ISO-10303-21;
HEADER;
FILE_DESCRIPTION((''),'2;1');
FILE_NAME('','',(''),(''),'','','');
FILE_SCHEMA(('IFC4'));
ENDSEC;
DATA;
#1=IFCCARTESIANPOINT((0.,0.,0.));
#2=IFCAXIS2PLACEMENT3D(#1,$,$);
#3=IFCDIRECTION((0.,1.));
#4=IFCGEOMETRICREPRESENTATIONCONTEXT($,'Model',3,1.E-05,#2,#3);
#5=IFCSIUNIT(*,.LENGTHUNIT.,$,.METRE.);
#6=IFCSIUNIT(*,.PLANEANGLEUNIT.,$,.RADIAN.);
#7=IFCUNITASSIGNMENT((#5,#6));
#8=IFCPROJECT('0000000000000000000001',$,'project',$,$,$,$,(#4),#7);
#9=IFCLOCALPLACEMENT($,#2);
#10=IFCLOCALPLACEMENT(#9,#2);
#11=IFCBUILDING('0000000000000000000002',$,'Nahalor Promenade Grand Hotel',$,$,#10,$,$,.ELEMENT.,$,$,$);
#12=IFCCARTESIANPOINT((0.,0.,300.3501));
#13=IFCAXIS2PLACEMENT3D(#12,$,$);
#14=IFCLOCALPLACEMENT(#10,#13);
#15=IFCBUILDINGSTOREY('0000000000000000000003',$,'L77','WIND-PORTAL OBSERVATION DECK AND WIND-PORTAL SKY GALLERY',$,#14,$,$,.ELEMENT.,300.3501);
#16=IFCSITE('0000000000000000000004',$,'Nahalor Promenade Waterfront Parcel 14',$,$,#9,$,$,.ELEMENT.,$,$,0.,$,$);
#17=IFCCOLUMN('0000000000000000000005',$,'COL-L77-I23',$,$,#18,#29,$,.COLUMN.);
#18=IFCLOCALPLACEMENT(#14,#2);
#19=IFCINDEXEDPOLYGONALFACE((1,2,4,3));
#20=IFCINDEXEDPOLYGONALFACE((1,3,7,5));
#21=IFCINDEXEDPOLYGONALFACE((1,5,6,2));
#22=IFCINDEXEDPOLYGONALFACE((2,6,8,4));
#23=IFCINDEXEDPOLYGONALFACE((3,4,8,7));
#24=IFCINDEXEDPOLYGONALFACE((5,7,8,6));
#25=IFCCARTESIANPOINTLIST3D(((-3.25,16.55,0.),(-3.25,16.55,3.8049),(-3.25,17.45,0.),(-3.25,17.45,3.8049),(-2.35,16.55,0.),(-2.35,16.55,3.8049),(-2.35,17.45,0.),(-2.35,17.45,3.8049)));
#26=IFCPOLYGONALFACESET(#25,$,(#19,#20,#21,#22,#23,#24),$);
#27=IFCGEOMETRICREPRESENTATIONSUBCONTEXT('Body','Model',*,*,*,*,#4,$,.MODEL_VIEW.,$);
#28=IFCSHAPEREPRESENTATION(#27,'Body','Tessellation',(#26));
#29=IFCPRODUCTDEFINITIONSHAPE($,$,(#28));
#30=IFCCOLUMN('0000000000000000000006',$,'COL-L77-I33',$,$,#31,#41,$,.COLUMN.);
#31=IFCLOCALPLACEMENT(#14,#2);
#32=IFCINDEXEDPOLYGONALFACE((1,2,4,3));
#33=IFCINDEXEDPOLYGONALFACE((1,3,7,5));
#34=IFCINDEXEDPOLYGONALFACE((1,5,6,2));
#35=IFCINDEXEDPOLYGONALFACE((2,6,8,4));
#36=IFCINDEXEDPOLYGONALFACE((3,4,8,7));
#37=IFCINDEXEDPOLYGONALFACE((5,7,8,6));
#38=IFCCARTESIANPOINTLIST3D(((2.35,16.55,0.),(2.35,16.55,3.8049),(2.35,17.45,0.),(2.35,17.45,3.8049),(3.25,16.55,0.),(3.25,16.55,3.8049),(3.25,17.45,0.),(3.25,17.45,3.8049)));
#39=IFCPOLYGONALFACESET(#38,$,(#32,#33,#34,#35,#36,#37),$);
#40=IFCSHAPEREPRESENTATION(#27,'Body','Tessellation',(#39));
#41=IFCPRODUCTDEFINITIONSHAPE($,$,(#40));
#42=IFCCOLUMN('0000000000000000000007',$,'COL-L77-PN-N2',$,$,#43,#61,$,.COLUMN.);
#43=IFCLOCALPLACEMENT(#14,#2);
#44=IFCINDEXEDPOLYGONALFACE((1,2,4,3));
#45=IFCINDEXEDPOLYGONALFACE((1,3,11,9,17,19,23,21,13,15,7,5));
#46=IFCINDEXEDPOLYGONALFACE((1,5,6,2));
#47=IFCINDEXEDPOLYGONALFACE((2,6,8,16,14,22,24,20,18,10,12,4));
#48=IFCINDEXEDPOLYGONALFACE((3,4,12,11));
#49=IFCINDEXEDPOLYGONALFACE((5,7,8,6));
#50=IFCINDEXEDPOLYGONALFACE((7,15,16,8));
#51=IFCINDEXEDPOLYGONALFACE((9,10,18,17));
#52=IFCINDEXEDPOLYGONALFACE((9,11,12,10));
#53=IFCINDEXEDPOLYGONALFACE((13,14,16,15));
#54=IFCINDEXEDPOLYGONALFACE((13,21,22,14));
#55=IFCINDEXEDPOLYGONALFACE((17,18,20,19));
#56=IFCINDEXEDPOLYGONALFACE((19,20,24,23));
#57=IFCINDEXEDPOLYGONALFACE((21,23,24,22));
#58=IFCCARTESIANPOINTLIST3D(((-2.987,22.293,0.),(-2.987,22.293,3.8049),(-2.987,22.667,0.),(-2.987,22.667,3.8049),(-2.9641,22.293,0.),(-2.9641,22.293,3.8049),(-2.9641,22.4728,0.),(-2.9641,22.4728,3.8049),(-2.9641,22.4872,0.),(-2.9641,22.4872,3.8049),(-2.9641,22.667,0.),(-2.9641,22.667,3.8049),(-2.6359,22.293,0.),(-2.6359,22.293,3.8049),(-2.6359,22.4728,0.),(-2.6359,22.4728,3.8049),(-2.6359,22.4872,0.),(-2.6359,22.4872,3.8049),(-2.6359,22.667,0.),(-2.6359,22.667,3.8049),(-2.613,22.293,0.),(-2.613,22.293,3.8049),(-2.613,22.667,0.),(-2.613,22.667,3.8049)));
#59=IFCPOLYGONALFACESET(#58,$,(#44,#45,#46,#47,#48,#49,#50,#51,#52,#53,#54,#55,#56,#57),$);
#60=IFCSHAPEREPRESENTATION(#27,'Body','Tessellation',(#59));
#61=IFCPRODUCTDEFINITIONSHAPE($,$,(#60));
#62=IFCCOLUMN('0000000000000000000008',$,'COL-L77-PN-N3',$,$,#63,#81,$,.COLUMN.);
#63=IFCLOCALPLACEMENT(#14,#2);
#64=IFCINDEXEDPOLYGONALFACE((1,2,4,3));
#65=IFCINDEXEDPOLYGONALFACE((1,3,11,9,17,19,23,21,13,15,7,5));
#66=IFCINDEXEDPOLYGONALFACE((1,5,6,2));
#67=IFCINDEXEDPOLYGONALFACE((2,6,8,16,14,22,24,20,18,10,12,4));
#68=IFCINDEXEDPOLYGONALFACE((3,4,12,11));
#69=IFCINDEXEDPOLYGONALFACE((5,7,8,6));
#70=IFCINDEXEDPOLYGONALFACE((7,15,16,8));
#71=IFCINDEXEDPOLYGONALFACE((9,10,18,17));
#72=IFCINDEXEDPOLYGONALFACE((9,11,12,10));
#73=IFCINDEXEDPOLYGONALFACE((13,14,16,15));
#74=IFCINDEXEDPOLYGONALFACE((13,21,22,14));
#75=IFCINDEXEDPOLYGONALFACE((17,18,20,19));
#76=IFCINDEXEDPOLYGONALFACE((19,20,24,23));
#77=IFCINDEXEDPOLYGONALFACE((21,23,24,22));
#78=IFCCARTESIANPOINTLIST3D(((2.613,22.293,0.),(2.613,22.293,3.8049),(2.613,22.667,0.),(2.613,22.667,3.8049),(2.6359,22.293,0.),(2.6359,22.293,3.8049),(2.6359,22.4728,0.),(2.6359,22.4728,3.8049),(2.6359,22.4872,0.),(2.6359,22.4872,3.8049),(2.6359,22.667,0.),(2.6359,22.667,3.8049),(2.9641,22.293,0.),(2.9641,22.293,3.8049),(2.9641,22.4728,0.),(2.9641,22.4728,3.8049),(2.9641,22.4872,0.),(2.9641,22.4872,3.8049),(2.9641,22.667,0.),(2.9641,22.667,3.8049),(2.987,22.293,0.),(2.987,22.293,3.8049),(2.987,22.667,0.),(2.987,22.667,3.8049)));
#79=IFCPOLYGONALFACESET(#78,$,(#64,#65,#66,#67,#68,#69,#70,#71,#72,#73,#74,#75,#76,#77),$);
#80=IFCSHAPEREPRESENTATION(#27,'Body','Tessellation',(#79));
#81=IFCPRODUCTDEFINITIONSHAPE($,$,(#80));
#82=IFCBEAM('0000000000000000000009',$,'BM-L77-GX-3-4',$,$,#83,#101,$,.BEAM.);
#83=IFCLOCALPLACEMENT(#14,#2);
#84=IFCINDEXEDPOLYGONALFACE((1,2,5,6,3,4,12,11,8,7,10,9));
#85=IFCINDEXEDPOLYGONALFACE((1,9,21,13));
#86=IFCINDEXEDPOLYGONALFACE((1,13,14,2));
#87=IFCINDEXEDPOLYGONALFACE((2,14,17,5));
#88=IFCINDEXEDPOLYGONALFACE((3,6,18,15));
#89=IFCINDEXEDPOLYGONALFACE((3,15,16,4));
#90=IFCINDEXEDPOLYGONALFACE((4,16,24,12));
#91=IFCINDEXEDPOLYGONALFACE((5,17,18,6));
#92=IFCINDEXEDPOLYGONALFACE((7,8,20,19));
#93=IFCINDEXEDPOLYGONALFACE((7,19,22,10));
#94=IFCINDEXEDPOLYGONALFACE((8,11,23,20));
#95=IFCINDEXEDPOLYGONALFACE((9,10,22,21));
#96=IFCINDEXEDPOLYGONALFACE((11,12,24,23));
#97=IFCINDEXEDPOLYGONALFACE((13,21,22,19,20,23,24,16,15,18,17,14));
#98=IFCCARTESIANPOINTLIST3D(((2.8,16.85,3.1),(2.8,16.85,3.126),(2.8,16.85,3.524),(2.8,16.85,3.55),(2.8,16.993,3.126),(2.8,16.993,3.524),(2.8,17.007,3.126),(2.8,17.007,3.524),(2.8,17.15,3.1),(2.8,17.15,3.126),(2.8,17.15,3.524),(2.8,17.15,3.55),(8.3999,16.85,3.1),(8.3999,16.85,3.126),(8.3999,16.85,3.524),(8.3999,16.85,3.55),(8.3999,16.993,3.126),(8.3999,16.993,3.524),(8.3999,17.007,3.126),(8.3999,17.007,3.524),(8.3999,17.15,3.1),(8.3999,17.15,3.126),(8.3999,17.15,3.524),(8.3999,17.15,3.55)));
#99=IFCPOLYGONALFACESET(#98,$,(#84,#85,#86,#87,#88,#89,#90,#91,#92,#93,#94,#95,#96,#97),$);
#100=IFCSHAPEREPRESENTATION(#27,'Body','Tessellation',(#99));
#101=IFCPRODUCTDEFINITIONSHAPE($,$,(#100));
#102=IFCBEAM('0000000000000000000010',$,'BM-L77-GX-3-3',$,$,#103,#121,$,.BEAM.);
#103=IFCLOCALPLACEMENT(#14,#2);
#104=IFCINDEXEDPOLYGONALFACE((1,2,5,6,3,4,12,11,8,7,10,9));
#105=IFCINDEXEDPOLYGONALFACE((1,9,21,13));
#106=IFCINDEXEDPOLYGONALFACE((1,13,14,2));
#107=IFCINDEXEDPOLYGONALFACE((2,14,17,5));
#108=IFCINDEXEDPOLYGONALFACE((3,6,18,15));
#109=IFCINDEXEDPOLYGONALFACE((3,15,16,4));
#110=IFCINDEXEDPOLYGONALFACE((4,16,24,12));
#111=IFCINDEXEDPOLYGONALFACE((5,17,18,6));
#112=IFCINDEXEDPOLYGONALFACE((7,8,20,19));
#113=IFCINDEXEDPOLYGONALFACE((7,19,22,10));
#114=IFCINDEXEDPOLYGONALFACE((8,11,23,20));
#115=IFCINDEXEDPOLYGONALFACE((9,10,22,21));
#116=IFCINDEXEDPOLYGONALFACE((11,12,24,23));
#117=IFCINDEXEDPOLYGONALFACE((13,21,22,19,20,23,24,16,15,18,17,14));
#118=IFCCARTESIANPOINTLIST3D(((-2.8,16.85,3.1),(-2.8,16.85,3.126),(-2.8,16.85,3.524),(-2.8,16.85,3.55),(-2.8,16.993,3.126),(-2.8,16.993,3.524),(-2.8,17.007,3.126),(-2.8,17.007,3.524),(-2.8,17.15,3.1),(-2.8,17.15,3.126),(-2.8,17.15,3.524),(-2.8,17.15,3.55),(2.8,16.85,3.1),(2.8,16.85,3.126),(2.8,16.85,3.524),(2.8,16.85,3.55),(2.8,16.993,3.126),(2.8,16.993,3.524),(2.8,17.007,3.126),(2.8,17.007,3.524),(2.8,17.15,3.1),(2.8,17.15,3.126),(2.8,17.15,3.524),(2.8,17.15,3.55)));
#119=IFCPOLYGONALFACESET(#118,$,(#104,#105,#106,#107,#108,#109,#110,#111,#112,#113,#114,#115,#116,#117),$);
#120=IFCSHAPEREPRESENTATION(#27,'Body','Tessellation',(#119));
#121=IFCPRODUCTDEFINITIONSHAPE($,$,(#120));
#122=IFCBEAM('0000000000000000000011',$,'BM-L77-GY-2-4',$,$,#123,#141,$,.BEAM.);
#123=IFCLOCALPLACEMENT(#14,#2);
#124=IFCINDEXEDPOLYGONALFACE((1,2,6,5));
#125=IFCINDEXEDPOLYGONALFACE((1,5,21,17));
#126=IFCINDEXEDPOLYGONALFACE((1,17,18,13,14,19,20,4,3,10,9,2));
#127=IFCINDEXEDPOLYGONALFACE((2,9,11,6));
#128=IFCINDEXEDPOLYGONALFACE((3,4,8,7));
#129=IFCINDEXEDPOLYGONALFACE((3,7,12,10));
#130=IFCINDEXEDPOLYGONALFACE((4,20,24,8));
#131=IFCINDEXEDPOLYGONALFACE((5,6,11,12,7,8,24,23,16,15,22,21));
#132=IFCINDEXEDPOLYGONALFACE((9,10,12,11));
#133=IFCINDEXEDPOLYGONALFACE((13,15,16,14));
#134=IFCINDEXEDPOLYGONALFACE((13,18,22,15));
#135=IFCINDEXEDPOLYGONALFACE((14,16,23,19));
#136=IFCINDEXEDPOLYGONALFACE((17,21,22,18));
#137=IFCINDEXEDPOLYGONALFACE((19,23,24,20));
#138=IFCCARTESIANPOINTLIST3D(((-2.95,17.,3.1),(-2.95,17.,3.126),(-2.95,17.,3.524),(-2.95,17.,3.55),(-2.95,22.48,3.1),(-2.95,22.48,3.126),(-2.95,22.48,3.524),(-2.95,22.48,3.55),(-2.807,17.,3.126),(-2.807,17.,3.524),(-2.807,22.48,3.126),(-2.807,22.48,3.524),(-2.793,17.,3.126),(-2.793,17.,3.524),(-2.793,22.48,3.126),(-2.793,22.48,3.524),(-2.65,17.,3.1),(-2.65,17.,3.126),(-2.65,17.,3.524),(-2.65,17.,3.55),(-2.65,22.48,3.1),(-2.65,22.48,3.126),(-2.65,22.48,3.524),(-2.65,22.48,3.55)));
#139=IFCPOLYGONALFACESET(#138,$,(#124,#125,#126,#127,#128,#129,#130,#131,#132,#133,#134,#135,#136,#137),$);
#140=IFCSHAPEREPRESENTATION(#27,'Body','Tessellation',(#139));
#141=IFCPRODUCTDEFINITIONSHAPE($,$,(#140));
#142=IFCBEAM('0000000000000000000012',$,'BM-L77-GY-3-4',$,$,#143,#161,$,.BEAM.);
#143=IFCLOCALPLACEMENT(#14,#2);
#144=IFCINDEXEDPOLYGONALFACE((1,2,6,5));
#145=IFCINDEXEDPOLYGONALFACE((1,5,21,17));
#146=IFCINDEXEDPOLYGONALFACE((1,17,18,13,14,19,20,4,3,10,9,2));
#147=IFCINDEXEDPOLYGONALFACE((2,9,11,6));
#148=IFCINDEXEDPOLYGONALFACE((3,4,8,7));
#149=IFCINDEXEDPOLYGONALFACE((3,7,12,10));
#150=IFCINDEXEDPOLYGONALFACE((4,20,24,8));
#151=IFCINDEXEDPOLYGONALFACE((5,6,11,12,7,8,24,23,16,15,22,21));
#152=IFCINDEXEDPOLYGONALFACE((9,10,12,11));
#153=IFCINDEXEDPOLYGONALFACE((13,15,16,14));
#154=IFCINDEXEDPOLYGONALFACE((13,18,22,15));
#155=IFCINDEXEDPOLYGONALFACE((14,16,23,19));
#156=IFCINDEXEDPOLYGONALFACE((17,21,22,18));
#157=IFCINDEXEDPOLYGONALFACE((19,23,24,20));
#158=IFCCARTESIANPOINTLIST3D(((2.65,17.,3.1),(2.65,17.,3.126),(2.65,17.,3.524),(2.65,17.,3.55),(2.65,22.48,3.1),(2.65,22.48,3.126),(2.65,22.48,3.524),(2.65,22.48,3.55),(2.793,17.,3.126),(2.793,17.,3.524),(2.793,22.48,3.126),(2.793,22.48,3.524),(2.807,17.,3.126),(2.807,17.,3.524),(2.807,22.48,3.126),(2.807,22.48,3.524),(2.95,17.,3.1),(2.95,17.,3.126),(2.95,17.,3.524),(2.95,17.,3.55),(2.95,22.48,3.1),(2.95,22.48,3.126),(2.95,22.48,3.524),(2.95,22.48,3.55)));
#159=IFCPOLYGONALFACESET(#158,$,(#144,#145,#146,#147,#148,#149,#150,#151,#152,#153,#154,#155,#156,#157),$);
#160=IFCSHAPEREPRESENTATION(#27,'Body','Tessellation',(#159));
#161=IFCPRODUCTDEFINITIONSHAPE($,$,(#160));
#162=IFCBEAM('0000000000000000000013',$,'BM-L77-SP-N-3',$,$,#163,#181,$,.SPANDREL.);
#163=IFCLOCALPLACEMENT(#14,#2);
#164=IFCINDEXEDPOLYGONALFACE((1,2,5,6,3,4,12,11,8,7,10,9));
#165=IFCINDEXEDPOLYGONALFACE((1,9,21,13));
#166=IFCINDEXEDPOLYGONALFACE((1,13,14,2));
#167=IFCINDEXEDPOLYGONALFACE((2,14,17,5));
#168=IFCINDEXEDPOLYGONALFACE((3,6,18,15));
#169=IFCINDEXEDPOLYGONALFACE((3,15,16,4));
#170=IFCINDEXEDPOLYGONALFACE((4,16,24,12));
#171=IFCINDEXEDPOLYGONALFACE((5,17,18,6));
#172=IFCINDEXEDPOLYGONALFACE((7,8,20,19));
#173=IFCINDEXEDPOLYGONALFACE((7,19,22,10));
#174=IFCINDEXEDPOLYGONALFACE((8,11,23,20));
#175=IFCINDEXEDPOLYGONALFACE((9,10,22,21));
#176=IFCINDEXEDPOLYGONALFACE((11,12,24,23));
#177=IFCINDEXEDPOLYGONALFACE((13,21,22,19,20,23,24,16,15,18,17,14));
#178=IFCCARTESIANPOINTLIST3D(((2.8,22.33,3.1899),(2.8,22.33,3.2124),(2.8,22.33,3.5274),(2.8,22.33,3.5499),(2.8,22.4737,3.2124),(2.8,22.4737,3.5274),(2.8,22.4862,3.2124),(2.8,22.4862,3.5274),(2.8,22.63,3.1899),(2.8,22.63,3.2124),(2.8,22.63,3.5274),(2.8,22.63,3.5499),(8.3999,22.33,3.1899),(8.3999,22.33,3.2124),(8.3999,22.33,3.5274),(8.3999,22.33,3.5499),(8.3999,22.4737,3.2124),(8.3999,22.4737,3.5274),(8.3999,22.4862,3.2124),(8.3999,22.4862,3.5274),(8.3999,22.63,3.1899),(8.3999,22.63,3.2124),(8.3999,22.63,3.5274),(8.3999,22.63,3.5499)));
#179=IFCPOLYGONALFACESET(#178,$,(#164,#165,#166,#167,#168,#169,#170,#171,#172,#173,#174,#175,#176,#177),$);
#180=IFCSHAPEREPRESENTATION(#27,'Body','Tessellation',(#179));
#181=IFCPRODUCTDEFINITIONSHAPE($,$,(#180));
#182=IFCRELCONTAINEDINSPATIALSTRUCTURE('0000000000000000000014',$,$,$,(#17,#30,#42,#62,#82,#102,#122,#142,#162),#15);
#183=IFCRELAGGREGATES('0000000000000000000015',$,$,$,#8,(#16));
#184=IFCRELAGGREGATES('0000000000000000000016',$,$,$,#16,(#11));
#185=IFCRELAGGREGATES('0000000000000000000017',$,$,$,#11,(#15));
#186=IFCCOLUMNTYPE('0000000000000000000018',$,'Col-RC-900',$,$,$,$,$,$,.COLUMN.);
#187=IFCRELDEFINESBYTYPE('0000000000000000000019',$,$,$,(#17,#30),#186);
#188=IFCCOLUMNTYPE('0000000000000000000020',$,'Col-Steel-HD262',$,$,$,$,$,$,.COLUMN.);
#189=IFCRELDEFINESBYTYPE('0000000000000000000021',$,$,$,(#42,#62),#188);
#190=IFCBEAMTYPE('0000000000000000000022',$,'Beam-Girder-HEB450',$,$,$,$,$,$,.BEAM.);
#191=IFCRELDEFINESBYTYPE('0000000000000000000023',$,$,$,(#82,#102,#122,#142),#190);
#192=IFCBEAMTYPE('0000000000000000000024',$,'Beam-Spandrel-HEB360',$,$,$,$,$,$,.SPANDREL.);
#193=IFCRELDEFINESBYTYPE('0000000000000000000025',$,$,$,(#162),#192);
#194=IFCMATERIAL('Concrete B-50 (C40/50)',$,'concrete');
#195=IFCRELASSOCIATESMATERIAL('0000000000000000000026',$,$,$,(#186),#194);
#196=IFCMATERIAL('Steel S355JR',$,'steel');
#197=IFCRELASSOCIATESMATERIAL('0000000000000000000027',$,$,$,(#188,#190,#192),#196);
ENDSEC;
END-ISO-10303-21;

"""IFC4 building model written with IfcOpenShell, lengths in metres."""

from ifc_helpers import new_model, si_unit, direction, frame, origin, origin_2d, place, context, subcontext, project, spatial, rectangle, i_section, extrude, source, transform, mapped, material, material_profile, profile_set, type_object, element, save


model = new_model("IFC4")

# Units and contexts
model_context = context("Model", 3, precision=1e-05, world=origin(), true_north=direction((0.0, 1.0)))
body_context = subcontext(model_context, "Body", "Model", "MODEL_VIEW")
ifc_project = project(units=[si_unit("LENGTHUNIT", "METRE"), si_unit("PLANEANGLEUNIT", "RADIAN")], contexts=[model_context])

# Site, building, storey
site_placement = place(None, origin())
site = spatial("IfcSite", under=ifc_project, at=site_placement, Name="Nahalor Promenade Waterfront Parcel 14", CompositionType="ELEMENT", RefElevation=0.0)
building_placement = place(site_placement, origin())
building = spatial("IfcBuilding", under=site, at=building_placement, Name="Nahalor Promenade Grand Hotel", CompositionType="ELEMENT")
storey_placement = place(building_placement, frame((0.0, 0.0, 300.3501)))
storey = spatial("IfcBuildingStorey", under=building, at=storey_placement, Name="L77", Description="WIND-PORTAL OBSERVATION DECK AND WIND-PORTAL SKY GALLERY", CompositionType="ELEMENT", Elevation=300.3501)

# Columns
ifc_material_1 = material(Name="Concrete B-50 (C40/50)", Category="concrete")
ifc_material_profile_1 = material_profile(ifc_material_1, rectangle(XDim=0.9, YDim=0.9, at=origin_2d()), Name="RC 900x900")
ifc_profile_set_1 = profile_set([ifc_material_profile_1], Name="Concrete B-50 (C40/50)")
column_type_1 = type_object("IfcColumnType", Name="Col-RC-900", PredefinedType="COLUMN", material=ifc_profile_set_1)
shared_shape_1 = source(origin(), body_context, "Body", "SweptSolid", [
    extrude(rectangle(XDim=0.9, YDim=0.9, at=origin_2d()), origin(), (0.0, 0.0, 1.0), 3.8049),
])
for number, where, z_axis, x_axis, name in (
    (1, (-2.8, 17.0, 0.0), (0.0, 0.0, 1.0), (1.0, 0.0, 0.0), "COL-L77-I23"),
    (2, (2.8, 17.0, 0.0), (0.0, 0.0, 1.0), (1.0, 0.0, 0.0), "COL-L77-I33"),
):
    element("IfcColumn", number, at=place(storey_placement, frame(where, z_axis=z_axis, x_axis=x_axis)), inside=storey, type_object=column_type_1, Name=name, PredefinedType="COLUMN", context=body_context, shape_type="MappedRepresentation", body=[
        mapped(shared_shape_1, transform((0.0, 0.0, 0.0), scale=1.0)),
    ])
ifc_material_2 = material(Name="Steel S355JR", Category="steel")
ifc_material_profile_2 = material_profile(ifc_material_2, i_section(OverallWidth=0.374, OverallDepth=0.374, WebThickness=0.0144, FlangeThickness=0.0229, at=origin_2d()), Name="HD 360x262")
ifc_profile_set_2 = profile_set([ifc_material_profile_2], Name="Steel S355JR")
column_type_2 = type_object("IfcColumnType", Name="Col-Steel-HD262", PredefinedType="COLUMN", material=ifc_profile_set_2)
shared_shape_2 = source(origin(), body_context, "Body", "SweptSolid", [
    extrude(i_section(OverallWidth=0.374, OverallDepth=0.374, WebThickness=0.0144, FlangeThickness=0.0229, at=origin_2d()), origin(), (0.0, 0.0, 1.0), 3.8049),
])
for number, where, z_axis, x_axis, name in (
    (3, (-2.8, 22.48, 0.0), (0.0, 0.0, 1.0), (0.0, 1.0, 0.0), "COL-L77-PN-N2"),
    (4, (2.8, 22.48, 0.0), (0.0, 0.0, 1.0), (0.0, 1.0, 0.0), "COL-L77-PN-N3"),
):
    element("IfcColumn", number, at=place(storey_placement, frame(where, z_axis=z_axis, x_axis=x_axis)), inside=storey, type_object=column_type_2, Name=name, PredefinedType="COLUMN", context=body_context, shape_type="MappedRepresentation", body=[
        mapped(shared_shape_2, transform((0.0, 0.0, 0.0), scale=1.0)),
    ])

# Beams
ifc_material_profile_3 = material_profile(ifc_material_2, i_section(OverallWidth=0.3, OverallDepth=0.45, WebThickness=0.014, FlangeThickness=0.026, at=origin_2d()), Name="HEB 450")
ifc_profile_set_3 = profile_set([ifc_material_profile_3], Name="Steel S355JR")
beam_type_1 = type_object("IfcBeamType", Name="Beam-Girder-HEB450", PredefinedType="BEAM", material=ifc_profile_set_3)
shared_shape_3 = source(origin(), body_context, "Body", "SweptSolid", [
    extrude(i_section(OverallWidth=0.3, OverallDepth=0.45, WebThickness=0.014, FlangeThickness=0.026, at=origin_2d()), origin(), (0.0, 0.0, 1.0), 5.5999),
])
beam_1_placement = place(storey_placement, frame((2.8, 17.0, 3.325), z_axis=(1.0, 0.0, 0.0), x_axis=(0.0, 1.0, 0.0)))
element("IfcBeam", 5, at=beam_1_placement, inside=storey, type_object=beam_type_1, Name="BM-L77-GX-3-4", PredefinedType="BEAM", context=body_context, shape_type="MappedRepresentation", body=[
    mapped(shared_shape_3, transform((0.0, 0.0, 0.0), scale=1.0)),
])
shared_shape_4 = source(origin(), body_context, "Body", "SweptSolid", [
    extrude(i_section(OverallWidth=0.3, OverallDepth=0.45, WebThickness=0.014, FlangeThickness=0.026, at=origin_2d()), origin(), (0.0, 0.0, 1.0), 5.6001),
])
beam_2_placement = place(storey_placement, frame((-2.8, 17.0, 3.325), z_axis=(1.0, 0.0, 0.0), x_axis=(0.0, 1.0, 0.0)))
element("IfcBeam", 6, at=beam_2_placement, inside=storey, type_object=beam_type_1, Name="BM-L77-GX-3-3", PredefinedType="BEAM", context=body_context, shape_type="MappedRepresentation", body=[
    mapped(shared_shape_4, transform((0.0, 0.0, 0.0), scale=1.0)),
])
shared_shape_5 = source(origin(), body_context, "Body", "SweptSolid", [
    extrude(i_section(OverallWidth=0.3, OverallDepth=0.45, WebThickness=0.014, FlangeThickness=0.026, at=origin_2d()), origin(), (0.0, 0.0, 1.0), 5.48),
])
for number, where, z_axis, x_axis, name in (
    (7, (-2.8, 17.0, 3.325), (0.0, 1.0, 0.0), (-1.0, 0.0, 0.0), "BM-L77-GY-2-4"),
    (8, (2.8, 17.0, 3.325), (0.0, 1.0, 0.0), (-1.0, 0.0, 0.0), "BM-L77-GY-3-4"),
):
    element("IfcBeam", number, at=place(storey_placement, frame(where, z_axis=z_axis, x_axis=x_axis)), inside=storey, type_object=beam_type_1, Name=name, PredefinedType="BEAM", context=body_context, shape_type="MappedRepresentation", body=[
        mapped(shared_shape_5, transform((0.0, 0.0, 0.0), scale=1.0)),
    ])
ifc_material_profile_4 = material_profile(ifc_material_2, i_section(OverallWidth=0.3, OverallDepth=0.36, WebThickness=0.0125, FlangeThickness=0.0225, at=origin_2d()), Name="HEB 360")
ifc_profile_set_4 = profile_set([ifc_material_profile_4], Name="Steel S355JR")
beam_type_2 = type_object("IfcBeamType", Name="Beam-Spandrel-HEB360", PredefinedType="SPANDREL", material=ifc_profile_set_4)
shared_shape_6 = source(origin(), body_context, "Body", "SweptSolid", [
    extrude(i_section(OverallWidth=0.3, OverallDepth=0.36, WebThickness=0.0125, FlangeThickness=0.0225, at=origin_2d()), origin(), (0.0, 0.0, 1.0), 5.5999),
])
beam_3_placement = place(storey_placement, frame((2.8, 22.48, 3.3699), z_axis=(1.0, 0.0, 0.0), x_axis=(0.0, 1.0, 0.0)))
element("IfcBeam", 9, at=beam_3_placement, inside=storey, type_object=beam_type_2, Name="BM-L77-SP-N-3", PredefinedType="SPANDREL", context=body_context, shape_type="MappedRepresentation", body=[
    mapped(shared_shape_6, transform((0.0, 0.0, 0.0), scale=1.0)),
])

save(model, "model.ifc")
